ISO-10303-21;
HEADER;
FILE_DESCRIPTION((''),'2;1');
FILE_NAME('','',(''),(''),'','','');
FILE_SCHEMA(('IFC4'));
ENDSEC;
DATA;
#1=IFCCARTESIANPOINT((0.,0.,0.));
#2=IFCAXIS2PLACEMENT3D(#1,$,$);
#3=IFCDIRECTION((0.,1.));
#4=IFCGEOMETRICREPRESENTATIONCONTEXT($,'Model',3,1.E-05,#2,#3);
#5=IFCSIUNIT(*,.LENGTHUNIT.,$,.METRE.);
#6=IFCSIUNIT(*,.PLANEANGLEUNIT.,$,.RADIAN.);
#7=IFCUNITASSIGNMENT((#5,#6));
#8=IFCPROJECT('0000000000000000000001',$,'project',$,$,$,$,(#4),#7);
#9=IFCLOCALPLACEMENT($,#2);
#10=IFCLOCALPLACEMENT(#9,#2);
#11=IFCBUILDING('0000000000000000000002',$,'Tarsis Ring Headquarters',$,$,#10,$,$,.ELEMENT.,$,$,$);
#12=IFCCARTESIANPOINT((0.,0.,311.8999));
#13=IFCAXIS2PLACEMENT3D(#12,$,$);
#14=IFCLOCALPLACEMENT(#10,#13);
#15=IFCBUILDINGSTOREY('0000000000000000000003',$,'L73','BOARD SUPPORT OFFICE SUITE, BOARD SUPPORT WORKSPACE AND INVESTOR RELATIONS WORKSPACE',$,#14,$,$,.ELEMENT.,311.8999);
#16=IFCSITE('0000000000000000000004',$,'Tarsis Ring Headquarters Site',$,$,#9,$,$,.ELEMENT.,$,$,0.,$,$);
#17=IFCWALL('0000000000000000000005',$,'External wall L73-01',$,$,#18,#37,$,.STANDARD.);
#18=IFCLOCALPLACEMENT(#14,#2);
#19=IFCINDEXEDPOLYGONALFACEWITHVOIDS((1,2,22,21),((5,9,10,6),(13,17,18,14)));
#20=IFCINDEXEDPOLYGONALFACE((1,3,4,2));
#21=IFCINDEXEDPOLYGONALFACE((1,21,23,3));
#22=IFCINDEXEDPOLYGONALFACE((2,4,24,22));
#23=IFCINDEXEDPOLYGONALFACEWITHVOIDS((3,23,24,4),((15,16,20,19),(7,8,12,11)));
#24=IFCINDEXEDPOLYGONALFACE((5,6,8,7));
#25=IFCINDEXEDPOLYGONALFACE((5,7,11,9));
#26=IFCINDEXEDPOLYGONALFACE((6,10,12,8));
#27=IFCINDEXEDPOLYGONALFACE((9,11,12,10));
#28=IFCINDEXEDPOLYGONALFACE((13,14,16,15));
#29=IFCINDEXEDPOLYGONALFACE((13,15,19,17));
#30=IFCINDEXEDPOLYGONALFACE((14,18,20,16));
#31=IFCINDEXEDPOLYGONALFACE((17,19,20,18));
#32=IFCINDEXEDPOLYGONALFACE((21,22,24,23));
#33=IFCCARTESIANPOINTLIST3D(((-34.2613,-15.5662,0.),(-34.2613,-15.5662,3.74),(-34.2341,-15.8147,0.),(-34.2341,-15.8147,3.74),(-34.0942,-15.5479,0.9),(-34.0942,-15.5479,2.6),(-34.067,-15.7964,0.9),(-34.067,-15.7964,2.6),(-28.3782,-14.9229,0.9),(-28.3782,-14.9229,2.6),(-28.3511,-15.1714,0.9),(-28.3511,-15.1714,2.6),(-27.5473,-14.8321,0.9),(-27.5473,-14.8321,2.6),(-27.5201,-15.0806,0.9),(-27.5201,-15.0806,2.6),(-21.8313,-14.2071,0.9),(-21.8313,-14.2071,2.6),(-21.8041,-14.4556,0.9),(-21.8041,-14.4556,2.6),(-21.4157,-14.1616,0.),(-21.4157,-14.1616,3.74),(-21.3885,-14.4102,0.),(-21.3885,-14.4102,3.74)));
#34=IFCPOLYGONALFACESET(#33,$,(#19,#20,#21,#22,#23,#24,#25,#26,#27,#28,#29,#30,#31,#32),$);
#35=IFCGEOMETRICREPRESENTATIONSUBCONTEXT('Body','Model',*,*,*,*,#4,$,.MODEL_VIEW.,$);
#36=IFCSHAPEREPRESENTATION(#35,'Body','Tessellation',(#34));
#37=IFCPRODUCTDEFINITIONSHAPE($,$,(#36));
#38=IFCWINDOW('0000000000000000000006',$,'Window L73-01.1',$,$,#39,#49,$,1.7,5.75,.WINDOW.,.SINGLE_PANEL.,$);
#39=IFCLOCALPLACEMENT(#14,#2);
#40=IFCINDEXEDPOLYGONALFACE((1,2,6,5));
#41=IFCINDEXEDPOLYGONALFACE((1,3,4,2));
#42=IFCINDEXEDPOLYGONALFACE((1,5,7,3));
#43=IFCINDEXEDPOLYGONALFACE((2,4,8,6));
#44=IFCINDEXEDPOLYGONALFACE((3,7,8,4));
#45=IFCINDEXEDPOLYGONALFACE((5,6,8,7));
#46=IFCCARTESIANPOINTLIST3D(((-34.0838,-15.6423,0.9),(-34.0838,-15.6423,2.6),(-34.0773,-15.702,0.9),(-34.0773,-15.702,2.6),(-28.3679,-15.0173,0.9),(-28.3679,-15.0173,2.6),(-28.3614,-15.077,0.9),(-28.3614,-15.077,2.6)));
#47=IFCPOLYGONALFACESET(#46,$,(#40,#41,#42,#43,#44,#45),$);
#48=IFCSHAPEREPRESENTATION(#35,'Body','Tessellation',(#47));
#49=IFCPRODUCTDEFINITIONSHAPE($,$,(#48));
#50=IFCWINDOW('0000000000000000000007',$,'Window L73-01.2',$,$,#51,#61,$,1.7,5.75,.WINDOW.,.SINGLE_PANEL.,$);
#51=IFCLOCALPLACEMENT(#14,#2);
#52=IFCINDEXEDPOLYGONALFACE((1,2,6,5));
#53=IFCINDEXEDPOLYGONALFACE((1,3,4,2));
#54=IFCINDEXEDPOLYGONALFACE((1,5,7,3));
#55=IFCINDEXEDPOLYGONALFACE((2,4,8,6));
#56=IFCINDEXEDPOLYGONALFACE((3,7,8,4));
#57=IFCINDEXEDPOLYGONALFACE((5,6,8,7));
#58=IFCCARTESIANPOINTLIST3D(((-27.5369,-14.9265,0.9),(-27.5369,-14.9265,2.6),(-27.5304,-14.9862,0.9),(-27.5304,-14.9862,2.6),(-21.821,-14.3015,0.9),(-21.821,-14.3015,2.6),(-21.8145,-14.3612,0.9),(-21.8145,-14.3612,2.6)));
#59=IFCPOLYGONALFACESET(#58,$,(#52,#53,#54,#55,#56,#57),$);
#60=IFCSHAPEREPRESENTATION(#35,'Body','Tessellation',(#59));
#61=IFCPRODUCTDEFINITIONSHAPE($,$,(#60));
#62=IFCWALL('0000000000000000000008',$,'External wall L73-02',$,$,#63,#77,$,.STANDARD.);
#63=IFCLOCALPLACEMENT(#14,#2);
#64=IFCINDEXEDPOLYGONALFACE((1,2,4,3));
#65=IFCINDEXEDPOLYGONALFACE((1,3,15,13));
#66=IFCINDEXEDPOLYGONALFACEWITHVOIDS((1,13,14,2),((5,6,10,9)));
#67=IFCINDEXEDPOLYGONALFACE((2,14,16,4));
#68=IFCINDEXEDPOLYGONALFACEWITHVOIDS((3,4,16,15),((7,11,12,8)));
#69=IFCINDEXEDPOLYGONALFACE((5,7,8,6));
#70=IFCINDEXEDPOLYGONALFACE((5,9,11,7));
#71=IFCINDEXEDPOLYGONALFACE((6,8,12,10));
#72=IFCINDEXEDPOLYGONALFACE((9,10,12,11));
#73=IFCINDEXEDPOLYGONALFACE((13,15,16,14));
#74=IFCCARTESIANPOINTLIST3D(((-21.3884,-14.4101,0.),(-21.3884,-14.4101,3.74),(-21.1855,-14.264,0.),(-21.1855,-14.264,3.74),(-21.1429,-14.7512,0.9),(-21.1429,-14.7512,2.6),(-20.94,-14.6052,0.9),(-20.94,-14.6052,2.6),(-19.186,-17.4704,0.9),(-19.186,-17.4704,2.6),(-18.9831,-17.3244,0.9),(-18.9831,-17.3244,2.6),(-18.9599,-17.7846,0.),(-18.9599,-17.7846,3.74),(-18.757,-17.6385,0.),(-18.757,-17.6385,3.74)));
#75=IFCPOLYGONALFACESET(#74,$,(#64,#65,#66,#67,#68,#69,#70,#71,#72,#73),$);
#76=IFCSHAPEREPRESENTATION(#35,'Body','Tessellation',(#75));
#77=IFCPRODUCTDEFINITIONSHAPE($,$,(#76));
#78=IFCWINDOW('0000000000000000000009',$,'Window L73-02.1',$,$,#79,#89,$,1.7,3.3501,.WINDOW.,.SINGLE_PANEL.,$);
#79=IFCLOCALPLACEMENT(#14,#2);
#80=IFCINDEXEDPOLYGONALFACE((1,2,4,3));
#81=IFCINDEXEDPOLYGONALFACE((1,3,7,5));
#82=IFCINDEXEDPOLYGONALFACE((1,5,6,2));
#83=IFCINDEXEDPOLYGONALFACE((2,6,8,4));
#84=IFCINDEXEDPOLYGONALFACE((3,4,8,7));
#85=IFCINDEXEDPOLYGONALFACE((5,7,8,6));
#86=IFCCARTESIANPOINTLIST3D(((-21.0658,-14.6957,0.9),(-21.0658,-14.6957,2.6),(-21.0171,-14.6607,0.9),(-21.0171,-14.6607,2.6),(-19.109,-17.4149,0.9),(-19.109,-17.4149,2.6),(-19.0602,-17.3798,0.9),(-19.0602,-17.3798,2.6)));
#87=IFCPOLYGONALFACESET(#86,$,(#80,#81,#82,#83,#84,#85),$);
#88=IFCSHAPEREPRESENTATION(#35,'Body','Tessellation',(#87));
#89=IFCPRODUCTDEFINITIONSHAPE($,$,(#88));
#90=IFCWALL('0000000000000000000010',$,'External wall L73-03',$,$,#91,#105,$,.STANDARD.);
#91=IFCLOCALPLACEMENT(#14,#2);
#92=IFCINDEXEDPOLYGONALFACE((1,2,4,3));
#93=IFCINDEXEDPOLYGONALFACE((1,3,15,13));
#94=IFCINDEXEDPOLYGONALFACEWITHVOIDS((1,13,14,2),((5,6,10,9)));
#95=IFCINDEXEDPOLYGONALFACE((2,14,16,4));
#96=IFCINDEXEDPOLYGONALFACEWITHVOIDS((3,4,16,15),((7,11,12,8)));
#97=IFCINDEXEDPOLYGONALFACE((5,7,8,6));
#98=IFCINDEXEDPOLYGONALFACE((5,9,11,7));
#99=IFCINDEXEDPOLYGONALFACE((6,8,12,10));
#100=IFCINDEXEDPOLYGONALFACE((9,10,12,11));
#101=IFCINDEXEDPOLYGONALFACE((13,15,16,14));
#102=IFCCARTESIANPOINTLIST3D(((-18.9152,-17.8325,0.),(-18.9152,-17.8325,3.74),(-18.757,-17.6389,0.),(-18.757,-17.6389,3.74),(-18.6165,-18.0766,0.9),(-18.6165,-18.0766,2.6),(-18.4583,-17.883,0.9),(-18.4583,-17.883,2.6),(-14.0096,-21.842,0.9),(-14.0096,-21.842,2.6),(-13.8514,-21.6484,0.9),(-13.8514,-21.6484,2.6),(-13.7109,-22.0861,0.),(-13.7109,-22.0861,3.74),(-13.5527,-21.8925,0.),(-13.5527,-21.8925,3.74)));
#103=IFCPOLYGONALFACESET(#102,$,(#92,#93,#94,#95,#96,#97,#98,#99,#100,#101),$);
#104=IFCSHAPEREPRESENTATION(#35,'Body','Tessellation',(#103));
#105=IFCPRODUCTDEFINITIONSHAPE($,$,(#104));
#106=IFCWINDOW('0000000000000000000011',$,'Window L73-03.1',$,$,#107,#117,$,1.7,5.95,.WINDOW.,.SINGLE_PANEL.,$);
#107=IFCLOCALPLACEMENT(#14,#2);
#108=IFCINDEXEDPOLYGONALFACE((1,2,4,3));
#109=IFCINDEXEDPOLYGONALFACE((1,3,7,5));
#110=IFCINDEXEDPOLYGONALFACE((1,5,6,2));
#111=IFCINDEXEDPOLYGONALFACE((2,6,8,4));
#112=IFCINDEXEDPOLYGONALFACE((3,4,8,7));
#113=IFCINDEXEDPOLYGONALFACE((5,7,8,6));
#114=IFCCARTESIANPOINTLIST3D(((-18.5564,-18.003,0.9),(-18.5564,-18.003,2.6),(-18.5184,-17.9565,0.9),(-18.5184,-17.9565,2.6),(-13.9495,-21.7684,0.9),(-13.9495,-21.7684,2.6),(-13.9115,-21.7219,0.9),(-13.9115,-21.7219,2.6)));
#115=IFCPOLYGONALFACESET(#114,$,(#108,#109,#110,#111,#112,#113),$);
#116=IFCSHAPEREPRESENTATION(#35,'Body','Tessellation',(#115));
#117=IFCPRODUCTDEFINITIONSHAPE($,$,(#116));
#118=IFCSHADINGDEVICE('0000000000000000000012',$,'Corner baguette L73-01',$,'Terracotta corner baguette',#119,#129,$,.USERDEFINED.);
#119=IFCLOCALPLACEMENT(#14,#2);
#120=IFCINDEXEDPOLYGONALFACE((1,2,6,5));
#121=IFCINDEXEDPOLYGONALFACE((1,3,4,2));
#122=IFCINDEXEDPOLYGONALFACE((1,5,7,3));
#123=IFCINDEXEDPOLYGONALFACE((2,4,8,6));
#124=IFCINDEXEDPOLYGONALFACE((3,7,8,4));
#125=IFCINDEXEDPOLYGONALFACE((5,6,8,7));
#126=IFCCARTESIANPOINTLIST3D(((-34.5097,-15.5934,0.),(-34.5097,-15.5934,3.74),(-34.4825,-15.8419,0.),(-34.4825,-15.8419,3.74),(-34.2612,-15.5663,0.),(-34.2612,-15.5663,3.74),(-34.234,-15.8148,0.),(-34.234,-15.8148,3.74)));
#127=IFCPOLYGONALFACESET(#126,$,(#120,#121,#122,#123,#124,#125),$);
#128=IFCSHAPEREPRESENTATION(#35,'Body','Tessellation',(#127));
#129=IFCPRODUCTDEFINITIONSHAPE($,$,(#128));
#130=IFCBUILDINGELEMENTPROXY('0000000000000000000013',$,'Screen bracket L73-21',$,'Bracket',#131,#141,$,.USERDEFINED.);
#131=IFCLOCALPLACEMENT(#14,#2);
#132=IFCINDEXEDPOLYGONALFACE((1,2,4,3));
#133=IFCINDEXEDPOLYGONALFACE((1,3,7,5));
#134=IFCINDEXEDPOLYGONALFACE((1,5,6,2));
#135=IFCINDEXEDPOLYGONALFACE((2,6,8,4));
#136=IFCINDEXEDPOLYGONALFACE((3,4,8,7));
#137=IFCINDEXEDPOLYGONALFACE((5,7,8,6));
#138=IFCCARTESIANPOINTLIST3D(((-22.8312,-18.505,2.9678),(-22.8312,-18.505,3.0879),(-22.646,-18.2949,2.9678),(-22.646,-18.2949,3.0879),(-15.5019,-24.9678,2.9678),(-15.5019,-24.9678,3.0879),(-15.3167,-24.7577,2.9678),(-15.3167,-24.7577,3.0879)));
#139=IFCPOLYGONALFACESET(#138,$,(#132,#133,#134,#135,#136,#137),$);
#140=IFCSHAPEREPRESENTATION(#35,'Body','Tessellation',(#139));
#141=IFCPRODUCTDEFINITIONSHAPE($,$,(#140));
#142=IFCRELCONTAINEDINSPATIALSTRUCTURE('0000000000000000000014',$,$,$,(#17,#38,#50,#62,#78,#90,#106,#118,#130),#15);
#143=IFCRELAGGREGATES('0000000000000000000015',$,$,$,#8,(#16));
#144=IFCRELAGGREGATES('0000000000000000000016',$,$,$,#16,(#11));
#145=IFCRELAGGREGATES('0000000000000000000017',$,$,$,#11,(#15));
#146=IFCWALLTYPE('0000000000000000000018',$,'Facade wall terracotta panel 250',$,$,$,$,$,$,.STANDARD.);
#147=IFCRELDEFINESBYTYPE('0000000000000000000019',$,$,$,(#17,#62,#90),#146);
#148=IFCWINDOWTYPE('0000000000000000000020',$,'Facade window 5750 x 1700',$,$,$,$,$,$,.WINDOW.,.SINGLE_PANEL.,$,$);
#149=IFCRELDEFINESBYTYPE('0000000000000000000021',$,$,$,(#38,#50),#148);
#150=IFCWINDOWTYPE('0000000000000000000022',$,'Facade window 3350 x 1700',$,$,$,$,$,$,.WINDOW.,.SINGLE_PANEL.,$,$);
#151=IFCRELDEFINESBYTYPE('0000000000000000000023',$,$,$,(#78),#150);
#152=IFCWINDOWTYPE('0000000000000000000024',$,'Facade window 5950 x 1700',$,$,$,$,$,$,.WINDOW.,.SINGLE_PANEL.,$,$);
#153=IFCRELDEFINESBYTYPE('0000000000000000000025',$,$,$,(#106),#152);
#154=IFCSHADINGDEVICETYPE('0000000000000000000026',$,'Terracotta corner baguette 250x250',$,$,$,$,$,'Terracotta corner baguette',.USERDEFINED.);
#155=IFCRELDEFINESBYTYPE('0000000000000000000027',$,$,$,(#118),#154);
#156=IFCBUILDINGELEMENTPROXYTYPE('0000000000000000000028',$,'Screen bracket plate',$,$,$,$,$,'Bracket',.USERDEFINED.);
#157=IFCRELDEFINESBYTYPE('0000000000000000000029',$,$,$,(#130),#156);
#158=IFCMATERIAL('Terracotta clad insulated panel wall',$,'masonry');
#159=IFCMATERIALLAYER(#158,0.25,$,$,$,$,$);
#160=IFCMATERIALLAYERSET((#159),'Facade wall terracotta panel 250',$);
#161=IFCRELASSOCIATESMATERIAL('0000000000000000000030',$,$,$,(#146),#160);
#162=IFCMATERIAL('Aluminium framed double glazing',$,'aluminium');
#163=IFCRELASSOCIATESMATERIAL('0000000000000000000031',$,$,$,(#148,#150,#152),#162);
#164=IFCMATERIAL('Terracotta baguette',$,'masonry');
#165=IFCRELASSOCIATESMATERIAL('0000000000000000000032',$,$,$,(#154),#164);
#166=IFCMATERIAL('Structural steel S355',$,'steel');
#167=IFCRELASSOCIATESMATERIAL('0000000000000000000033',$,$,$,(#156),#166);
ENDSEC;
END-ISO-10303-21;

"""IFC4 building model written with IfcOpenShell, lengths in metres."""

from ifc_helpers import new_model, si_unit, direction, frame, frame_2d, origin, origin_2d, place, context, subcontext, project, spatial, rectangle, extrude, material, layer, layer_set, type_object, element, fill, save


model = new_model("IFC4")

# Units and contexts
model_context = context("Model", 3, precision=1e-05, world=origin(), true_north=direction((0.0, 1.0)))
body_context = subcontext(model_context, "Body", "Model", "MODEL_VIEW")
ifc_project = project(units=[si_unit("LENGTHUNIT", "METRE"), si_unit("PLANEANGLEUNIT", "RADIAN")], contexts=[model_context])

# Site, building, storey
site_placement = place(None, origin())
site = spatial("IfcSite", under=ifc_project, at=site_placement, Name="Tarsis Ring Headquarters Site", CompositionType="ELEMENT", RefElevation=0.0)
building_placement = place(site_placement, origin())
building = spatial("IfcBuilding", under=site, at=building_placement, Name="Tarsis Ring Headquarters", CompositionType="ELEMENT")
storey_placement = place(building_placement, frame((0.0, 0.0, 311.8999)))
storey = spatial("IfcBuildingStorey", under=building, at=storey_placement, Name="L73", Description="BOARD SUPPORT OFFICE SUITE, BOARD SUPPORT WORKSPACE AND INVESTOR RELATIONS WORKSPACE", CompositionType="ELEMENT", Elevation=311.8999)

# Shared definitions
ifc_material_1 = material(Name="Structural steel S355", Category="steel")

# Wall, openings, windows
ifc_material_2 = material(Name="Terracotta clad insulated panel wall", Category="masonry")
ifc_layer_1 = layer(ifc_material_2, 0.25)
ifc_layer_set_1 = layer_set([ifc_layer_1], Name="Facade wall terracotta panel 250")
wall_type_1 = type_object("IfcWallType", Name="Facade wall terracotta panel 250", PredefinedType="STANDARD", material=ifc_layer_set_1)
wall_1_placement = place(storey_placement, frame((-34.2476, -15.6904, 0.0), z_axis=(0.0, 0.0, 1.0), x_axis=(0.994075, 0.108694, 0.0)))
wall_1 = element("IfcWall", 1, at=wall_1_placement, inside=storey, type_object=wall_type_1, Name="External wall L73-01", PredefinedType="STANDARD", context=body_context, shape_type="SweptSolid", body=[
    extrude(rectangle(XDim=12.9221, YDim=0.25, at=frame_2d((6.4609, 0.0))), origin(), (0.0, 0.0, 1.0), 3.74),
])
opening_1_placement = place(wall_1_placement, frame((0.168, 0.0, 0.8999)))
opening_1 = element("IfcOpeningElement", 2, at=opening_1_placement, cuts=wall_1, PredefinedType="OPENING", context=body_context, shape_type="SweptSolid", body=[
    extrude(rectangle(XDim=5.75, YDim=1.7, at=frame_2d((2.875, 0.8501))), frame((0.0, 0.135, 0.0), z_axis=(0.0, -1.0, 0.0), x_axis=(1.0, 0.0, 0.0)), (0.0, 0.0, 1.0), 0.27),
])
opening_2_placement = place(wall_1_placement, frame((6.7539, 0.0, 0.8999)))
opening_2 = element("IfcOpeningElement", 3, at=opening_2_placement, cuts=wall_1, PredefinedType="OPENING", context=body_context, shape_type="SweptSolid", body=[
    extrude(rectangle(XDim=5.75, YDim=1.7, at=frame_2d((2.875, 0.8501))), frame((0.0, 0.135, 0.0), z_axis=(0.0, -1.0, 0.0), x_axis=(1.0, 0.0, 0.0)), (0.0, 0.0, 1.0), 0.27),
])
ifc_material_3 = material(Name="Aluminium framed double glazing", Category="aluminium")
window_type_1 = type_object("IfcWindowType", Name="Facade window 5750 x 1700", PartitioningType="SINGLE_PANEL", PredefinedType="WINDOW", material=ifc_material_3)
window_1_placement = place(opening_1_placement, origin())
window_1 = element("IfcWindow", 4, at=window_1_placement, inside=storey, type_object=window_type_1, Name="Window L73-01.1", OverallHeight=1.7, OverallWidth=5.75, PartitioningType="SINGLE_PANEL", PredefinedType="WINDOW", context=body_context, shape_type="SweptSolid", body=[
    extrude(rectangle(XDim=5.75, YDim=1.7, at=frame_2d((2.875, 0.8501))), frame((0.0, 0.03, 0.0), z_axis=(0.0, -1.0, 0.0), x_axis=(1.0, 0.0, 0.0)), (0.0, 0.0, 1.0), 0.0601),
])
fill(opening_1, window_1)
window_2_placement = place(opening_2_placement, origin())
window_2 = element("IfcWindow", 5, at=window_2_placement, inside=storey, type_object=window_type_1, Name="Window L73-01.2", OverallHeight=1.7, OverallWidth=5.75, PartitioningType="SINGLE_PANEL", PredefinedType="WINDOW", context=body_context, shape_type="SweptSolid", body=[
    extrude(rectangle(XDim=5.75, YDim=1.7, at=frame_2d((2.875, 0.8501))), frame((0.0, 0.03, 0.0), z_axis=(0.0, -1.0, 0.0), x_axis=(1.0, 0.0, 0.0)), (0.0, 0.0, 1.0), 0.0601),
])
fill(opening_2, window_2)

# Walls, openings, windows
wall_2_placement = place(storey_placement, frame((-21.2869, -14.3372, 0.0), z_axis=(0.0, 0.0, 1.0), x_axis=(0.584118, -0.811669, 0.0)))
wall_2 = element("IfcWall", 6, at=wall_2_placement, inside=storey, type_object=wall_type_1, Name="External wall L73-02", PredefinedType="STANDARD", context=body_context, shape_type="SweptSolid", body=[
    extrude(rectangle(XDim=4.1575, YDim=0.25, at=frame_2d((2.0786, 0.0))), origin(), (0.0, 0.0, 1.0), 3.74),
])
opening_3_placement = place(wall_2_placement, frame((0.4202, 0.0, 0.8999)))
opening_3 = element("IfcOpeningElement", 7, at=opening_3_placement, cuts=wall_2, PredefinedType="OPENING", context=body_context, shape_type="SweptSolid", body=[
    extrude(rectangle(XDim=3.3501, YDim=1.7, at=frame_2d((1.675, 0.8501))), frame((0.0, 0.135, 0.0), z_axis=(0.0, -1.0, 0.0), x_axis=(1.0, 0.0, 0.0)), (0.0, 0.0, 1.0), 0.27),
])
window_type_2 = type_object("IfcWindowType", Name="Facade window 3350 x 1700", PartitioningType="SINGLE_PANEL", PredefinedType="WINDOW", material=ifc_material_3)
window_3_placement = place(opening_3_placement, origin())
window_3 = element("IfcWindow", 8, at=window_3_placement, inside=storey, type_object=window_type_2, Name="Window L73-02.1", OverallHeight=1.7, OverallWidth=3.3501, PartitioningType="SINGLE_PANEL", PredefinedType="WINDOW", context=body_context, shape_type="SweptSolid", body=[
    extrude(rectangle(XDim=3.3501, YDim=1.7, at=frame_2d((1.675, 0.8501))), frame((0.0, 0.03, 0.0), z_axis=(0.0, -1.0, 0.0), x_axis=(1.0, 0.0, 0.0)), (0.0, 0.0, 1.0), 0.0601),
])
fill(opening_3, window_3)
wall_3_placement = place(storey_placement, frame((-18.8362, -17.7356, 0.0), z_axis=(0.0, 0.0, 1.0), x_axis=(0.774281, -0.632842, 0.0)))
wall_3 = element("IfcWall", 9, at=wall_3_placement, inside=storey, type_object=wall_type_1, Name="External wall L73-03", PredefinedType="STANDARD", context=body_context, shape_type="SweptSolid", body=[
    extrude(rectangle(XDim=6.7214, YDim=0.25, at=frame_2d((3.3608, 0.0))), origin(), (0.0, 0.0, 1.0), 3.74),
])
opening_4_placement = place(wall_3_placement, frame((0.3857, 0.0, 0.8999)))
opening_4 = element("IfcOpeningElement", 10, at=opening_4_placement, cuts=wall_3, PredefinedType="OPENING", context=body_context, shape_type="SweptSolid", body=[
    extrude(rectangle(XDim=5.95, YDim=1.7, at=frame_2d((2.9751, 0.8501))), frame((0.0, 0.135, 0.0), z_axis=(0.0, -1.0, 0.0), x_axis=(1.0, 0.0, 0.0)), (0.0, 0.0, 1.0), 0.27),
])
window_type_3 = type_object("IfcWindowType", Name="Facade window 5950 x 1700", PartitioningType="SINGLE_PANEL", PredefinedType="WINDOW", material=ifc_material_3)
window_4_placement = place(opening_4_placement, origin())
window_4 = element("IfcWindow", 11, at=window_4_placement, inside=storey, type_object=window_type_3, Name="Window L73-03.1", OverallHeight=1.7, OverallWidth=5.95, PartitioningType="SINGLE_PANEL", PredefinedType="WINDOW", context=body_context, shape_type="SweptSolid", body=[
    extrude(rectangle(XDim=5.95, YDim=1.7, at=frame_2d((2.9751, 0.8501))), frame((0.0, 0.03, 0.0), z_axis=(0.0, -1.0, 0.0), x_axis=(1.0, 0.0, 0.0)), (0.0, 0.0, 1.0), 0.0601),
])
fill(opening_4, window_4)

# Shading device
ifc_material_4 = material(Name="Terracotta baguette", Category="masonry")
shading_device_type_1 = type_object("IfcShadingDeviceType", Name="Terracotta corner baguette 250x250", ElementType="Terracotta corner baguette", PredefinedType="USERDEFINED", material=ifc_material_4)
shading_device_1_placement = place(storey_placement, frame((-34.3718, -15.7041, 0.0), z_axis=(0.0, 0.0, 1.0), x_axis=(0.108693, -0.994075, 0.0)))
element("IfcShadingDevice", 12, at=shading_device_1_placement, inside=storey, type_object=shading_device_type_1, Name="Corner baguette L73-01", ObjectType="Terracotta corner baguette", PredefinedType="USERDEFINED", context=body_context, shape_type="SweptSolid", body=[
    extrude(rectangle(XDim=0.25, YDim=0.25, at=origin_2d()), origin(), (0.0, 0.0, 1.0), 3.74),
])

# Building element proxy
building_element_proxy_type = type_object("IfcBuildingElementProxyType", Name="Screen bracket plate", ElementType="Bracket", PredefinedType="USERDEFINED", material=ifc_material_1)
proxy_placement = place(storey_placement, frame((-19.074, -21.6313, 2.9678), z_axis=(0.0, 0.0, 1.0), x_axis=(0.750054, -0.661377, 0.0)))
element("IfcBuildingElementProxy", 13, at=proxy_placement, inside=storey, type_object=building_element_proxy_type, Name="Screen bracket L73-21", ObjectType="Bracket", PredefinedType="USERDEFINED", context=body_context, shape_type="SweptSolid", body=[
    extrude(rectangle(XDim=9.7717, YDim=0.28, at=origin_2d()), origin(), (0.0, 0.0, 1.0), 0.1201),
])

save(model, "model.ifc")
